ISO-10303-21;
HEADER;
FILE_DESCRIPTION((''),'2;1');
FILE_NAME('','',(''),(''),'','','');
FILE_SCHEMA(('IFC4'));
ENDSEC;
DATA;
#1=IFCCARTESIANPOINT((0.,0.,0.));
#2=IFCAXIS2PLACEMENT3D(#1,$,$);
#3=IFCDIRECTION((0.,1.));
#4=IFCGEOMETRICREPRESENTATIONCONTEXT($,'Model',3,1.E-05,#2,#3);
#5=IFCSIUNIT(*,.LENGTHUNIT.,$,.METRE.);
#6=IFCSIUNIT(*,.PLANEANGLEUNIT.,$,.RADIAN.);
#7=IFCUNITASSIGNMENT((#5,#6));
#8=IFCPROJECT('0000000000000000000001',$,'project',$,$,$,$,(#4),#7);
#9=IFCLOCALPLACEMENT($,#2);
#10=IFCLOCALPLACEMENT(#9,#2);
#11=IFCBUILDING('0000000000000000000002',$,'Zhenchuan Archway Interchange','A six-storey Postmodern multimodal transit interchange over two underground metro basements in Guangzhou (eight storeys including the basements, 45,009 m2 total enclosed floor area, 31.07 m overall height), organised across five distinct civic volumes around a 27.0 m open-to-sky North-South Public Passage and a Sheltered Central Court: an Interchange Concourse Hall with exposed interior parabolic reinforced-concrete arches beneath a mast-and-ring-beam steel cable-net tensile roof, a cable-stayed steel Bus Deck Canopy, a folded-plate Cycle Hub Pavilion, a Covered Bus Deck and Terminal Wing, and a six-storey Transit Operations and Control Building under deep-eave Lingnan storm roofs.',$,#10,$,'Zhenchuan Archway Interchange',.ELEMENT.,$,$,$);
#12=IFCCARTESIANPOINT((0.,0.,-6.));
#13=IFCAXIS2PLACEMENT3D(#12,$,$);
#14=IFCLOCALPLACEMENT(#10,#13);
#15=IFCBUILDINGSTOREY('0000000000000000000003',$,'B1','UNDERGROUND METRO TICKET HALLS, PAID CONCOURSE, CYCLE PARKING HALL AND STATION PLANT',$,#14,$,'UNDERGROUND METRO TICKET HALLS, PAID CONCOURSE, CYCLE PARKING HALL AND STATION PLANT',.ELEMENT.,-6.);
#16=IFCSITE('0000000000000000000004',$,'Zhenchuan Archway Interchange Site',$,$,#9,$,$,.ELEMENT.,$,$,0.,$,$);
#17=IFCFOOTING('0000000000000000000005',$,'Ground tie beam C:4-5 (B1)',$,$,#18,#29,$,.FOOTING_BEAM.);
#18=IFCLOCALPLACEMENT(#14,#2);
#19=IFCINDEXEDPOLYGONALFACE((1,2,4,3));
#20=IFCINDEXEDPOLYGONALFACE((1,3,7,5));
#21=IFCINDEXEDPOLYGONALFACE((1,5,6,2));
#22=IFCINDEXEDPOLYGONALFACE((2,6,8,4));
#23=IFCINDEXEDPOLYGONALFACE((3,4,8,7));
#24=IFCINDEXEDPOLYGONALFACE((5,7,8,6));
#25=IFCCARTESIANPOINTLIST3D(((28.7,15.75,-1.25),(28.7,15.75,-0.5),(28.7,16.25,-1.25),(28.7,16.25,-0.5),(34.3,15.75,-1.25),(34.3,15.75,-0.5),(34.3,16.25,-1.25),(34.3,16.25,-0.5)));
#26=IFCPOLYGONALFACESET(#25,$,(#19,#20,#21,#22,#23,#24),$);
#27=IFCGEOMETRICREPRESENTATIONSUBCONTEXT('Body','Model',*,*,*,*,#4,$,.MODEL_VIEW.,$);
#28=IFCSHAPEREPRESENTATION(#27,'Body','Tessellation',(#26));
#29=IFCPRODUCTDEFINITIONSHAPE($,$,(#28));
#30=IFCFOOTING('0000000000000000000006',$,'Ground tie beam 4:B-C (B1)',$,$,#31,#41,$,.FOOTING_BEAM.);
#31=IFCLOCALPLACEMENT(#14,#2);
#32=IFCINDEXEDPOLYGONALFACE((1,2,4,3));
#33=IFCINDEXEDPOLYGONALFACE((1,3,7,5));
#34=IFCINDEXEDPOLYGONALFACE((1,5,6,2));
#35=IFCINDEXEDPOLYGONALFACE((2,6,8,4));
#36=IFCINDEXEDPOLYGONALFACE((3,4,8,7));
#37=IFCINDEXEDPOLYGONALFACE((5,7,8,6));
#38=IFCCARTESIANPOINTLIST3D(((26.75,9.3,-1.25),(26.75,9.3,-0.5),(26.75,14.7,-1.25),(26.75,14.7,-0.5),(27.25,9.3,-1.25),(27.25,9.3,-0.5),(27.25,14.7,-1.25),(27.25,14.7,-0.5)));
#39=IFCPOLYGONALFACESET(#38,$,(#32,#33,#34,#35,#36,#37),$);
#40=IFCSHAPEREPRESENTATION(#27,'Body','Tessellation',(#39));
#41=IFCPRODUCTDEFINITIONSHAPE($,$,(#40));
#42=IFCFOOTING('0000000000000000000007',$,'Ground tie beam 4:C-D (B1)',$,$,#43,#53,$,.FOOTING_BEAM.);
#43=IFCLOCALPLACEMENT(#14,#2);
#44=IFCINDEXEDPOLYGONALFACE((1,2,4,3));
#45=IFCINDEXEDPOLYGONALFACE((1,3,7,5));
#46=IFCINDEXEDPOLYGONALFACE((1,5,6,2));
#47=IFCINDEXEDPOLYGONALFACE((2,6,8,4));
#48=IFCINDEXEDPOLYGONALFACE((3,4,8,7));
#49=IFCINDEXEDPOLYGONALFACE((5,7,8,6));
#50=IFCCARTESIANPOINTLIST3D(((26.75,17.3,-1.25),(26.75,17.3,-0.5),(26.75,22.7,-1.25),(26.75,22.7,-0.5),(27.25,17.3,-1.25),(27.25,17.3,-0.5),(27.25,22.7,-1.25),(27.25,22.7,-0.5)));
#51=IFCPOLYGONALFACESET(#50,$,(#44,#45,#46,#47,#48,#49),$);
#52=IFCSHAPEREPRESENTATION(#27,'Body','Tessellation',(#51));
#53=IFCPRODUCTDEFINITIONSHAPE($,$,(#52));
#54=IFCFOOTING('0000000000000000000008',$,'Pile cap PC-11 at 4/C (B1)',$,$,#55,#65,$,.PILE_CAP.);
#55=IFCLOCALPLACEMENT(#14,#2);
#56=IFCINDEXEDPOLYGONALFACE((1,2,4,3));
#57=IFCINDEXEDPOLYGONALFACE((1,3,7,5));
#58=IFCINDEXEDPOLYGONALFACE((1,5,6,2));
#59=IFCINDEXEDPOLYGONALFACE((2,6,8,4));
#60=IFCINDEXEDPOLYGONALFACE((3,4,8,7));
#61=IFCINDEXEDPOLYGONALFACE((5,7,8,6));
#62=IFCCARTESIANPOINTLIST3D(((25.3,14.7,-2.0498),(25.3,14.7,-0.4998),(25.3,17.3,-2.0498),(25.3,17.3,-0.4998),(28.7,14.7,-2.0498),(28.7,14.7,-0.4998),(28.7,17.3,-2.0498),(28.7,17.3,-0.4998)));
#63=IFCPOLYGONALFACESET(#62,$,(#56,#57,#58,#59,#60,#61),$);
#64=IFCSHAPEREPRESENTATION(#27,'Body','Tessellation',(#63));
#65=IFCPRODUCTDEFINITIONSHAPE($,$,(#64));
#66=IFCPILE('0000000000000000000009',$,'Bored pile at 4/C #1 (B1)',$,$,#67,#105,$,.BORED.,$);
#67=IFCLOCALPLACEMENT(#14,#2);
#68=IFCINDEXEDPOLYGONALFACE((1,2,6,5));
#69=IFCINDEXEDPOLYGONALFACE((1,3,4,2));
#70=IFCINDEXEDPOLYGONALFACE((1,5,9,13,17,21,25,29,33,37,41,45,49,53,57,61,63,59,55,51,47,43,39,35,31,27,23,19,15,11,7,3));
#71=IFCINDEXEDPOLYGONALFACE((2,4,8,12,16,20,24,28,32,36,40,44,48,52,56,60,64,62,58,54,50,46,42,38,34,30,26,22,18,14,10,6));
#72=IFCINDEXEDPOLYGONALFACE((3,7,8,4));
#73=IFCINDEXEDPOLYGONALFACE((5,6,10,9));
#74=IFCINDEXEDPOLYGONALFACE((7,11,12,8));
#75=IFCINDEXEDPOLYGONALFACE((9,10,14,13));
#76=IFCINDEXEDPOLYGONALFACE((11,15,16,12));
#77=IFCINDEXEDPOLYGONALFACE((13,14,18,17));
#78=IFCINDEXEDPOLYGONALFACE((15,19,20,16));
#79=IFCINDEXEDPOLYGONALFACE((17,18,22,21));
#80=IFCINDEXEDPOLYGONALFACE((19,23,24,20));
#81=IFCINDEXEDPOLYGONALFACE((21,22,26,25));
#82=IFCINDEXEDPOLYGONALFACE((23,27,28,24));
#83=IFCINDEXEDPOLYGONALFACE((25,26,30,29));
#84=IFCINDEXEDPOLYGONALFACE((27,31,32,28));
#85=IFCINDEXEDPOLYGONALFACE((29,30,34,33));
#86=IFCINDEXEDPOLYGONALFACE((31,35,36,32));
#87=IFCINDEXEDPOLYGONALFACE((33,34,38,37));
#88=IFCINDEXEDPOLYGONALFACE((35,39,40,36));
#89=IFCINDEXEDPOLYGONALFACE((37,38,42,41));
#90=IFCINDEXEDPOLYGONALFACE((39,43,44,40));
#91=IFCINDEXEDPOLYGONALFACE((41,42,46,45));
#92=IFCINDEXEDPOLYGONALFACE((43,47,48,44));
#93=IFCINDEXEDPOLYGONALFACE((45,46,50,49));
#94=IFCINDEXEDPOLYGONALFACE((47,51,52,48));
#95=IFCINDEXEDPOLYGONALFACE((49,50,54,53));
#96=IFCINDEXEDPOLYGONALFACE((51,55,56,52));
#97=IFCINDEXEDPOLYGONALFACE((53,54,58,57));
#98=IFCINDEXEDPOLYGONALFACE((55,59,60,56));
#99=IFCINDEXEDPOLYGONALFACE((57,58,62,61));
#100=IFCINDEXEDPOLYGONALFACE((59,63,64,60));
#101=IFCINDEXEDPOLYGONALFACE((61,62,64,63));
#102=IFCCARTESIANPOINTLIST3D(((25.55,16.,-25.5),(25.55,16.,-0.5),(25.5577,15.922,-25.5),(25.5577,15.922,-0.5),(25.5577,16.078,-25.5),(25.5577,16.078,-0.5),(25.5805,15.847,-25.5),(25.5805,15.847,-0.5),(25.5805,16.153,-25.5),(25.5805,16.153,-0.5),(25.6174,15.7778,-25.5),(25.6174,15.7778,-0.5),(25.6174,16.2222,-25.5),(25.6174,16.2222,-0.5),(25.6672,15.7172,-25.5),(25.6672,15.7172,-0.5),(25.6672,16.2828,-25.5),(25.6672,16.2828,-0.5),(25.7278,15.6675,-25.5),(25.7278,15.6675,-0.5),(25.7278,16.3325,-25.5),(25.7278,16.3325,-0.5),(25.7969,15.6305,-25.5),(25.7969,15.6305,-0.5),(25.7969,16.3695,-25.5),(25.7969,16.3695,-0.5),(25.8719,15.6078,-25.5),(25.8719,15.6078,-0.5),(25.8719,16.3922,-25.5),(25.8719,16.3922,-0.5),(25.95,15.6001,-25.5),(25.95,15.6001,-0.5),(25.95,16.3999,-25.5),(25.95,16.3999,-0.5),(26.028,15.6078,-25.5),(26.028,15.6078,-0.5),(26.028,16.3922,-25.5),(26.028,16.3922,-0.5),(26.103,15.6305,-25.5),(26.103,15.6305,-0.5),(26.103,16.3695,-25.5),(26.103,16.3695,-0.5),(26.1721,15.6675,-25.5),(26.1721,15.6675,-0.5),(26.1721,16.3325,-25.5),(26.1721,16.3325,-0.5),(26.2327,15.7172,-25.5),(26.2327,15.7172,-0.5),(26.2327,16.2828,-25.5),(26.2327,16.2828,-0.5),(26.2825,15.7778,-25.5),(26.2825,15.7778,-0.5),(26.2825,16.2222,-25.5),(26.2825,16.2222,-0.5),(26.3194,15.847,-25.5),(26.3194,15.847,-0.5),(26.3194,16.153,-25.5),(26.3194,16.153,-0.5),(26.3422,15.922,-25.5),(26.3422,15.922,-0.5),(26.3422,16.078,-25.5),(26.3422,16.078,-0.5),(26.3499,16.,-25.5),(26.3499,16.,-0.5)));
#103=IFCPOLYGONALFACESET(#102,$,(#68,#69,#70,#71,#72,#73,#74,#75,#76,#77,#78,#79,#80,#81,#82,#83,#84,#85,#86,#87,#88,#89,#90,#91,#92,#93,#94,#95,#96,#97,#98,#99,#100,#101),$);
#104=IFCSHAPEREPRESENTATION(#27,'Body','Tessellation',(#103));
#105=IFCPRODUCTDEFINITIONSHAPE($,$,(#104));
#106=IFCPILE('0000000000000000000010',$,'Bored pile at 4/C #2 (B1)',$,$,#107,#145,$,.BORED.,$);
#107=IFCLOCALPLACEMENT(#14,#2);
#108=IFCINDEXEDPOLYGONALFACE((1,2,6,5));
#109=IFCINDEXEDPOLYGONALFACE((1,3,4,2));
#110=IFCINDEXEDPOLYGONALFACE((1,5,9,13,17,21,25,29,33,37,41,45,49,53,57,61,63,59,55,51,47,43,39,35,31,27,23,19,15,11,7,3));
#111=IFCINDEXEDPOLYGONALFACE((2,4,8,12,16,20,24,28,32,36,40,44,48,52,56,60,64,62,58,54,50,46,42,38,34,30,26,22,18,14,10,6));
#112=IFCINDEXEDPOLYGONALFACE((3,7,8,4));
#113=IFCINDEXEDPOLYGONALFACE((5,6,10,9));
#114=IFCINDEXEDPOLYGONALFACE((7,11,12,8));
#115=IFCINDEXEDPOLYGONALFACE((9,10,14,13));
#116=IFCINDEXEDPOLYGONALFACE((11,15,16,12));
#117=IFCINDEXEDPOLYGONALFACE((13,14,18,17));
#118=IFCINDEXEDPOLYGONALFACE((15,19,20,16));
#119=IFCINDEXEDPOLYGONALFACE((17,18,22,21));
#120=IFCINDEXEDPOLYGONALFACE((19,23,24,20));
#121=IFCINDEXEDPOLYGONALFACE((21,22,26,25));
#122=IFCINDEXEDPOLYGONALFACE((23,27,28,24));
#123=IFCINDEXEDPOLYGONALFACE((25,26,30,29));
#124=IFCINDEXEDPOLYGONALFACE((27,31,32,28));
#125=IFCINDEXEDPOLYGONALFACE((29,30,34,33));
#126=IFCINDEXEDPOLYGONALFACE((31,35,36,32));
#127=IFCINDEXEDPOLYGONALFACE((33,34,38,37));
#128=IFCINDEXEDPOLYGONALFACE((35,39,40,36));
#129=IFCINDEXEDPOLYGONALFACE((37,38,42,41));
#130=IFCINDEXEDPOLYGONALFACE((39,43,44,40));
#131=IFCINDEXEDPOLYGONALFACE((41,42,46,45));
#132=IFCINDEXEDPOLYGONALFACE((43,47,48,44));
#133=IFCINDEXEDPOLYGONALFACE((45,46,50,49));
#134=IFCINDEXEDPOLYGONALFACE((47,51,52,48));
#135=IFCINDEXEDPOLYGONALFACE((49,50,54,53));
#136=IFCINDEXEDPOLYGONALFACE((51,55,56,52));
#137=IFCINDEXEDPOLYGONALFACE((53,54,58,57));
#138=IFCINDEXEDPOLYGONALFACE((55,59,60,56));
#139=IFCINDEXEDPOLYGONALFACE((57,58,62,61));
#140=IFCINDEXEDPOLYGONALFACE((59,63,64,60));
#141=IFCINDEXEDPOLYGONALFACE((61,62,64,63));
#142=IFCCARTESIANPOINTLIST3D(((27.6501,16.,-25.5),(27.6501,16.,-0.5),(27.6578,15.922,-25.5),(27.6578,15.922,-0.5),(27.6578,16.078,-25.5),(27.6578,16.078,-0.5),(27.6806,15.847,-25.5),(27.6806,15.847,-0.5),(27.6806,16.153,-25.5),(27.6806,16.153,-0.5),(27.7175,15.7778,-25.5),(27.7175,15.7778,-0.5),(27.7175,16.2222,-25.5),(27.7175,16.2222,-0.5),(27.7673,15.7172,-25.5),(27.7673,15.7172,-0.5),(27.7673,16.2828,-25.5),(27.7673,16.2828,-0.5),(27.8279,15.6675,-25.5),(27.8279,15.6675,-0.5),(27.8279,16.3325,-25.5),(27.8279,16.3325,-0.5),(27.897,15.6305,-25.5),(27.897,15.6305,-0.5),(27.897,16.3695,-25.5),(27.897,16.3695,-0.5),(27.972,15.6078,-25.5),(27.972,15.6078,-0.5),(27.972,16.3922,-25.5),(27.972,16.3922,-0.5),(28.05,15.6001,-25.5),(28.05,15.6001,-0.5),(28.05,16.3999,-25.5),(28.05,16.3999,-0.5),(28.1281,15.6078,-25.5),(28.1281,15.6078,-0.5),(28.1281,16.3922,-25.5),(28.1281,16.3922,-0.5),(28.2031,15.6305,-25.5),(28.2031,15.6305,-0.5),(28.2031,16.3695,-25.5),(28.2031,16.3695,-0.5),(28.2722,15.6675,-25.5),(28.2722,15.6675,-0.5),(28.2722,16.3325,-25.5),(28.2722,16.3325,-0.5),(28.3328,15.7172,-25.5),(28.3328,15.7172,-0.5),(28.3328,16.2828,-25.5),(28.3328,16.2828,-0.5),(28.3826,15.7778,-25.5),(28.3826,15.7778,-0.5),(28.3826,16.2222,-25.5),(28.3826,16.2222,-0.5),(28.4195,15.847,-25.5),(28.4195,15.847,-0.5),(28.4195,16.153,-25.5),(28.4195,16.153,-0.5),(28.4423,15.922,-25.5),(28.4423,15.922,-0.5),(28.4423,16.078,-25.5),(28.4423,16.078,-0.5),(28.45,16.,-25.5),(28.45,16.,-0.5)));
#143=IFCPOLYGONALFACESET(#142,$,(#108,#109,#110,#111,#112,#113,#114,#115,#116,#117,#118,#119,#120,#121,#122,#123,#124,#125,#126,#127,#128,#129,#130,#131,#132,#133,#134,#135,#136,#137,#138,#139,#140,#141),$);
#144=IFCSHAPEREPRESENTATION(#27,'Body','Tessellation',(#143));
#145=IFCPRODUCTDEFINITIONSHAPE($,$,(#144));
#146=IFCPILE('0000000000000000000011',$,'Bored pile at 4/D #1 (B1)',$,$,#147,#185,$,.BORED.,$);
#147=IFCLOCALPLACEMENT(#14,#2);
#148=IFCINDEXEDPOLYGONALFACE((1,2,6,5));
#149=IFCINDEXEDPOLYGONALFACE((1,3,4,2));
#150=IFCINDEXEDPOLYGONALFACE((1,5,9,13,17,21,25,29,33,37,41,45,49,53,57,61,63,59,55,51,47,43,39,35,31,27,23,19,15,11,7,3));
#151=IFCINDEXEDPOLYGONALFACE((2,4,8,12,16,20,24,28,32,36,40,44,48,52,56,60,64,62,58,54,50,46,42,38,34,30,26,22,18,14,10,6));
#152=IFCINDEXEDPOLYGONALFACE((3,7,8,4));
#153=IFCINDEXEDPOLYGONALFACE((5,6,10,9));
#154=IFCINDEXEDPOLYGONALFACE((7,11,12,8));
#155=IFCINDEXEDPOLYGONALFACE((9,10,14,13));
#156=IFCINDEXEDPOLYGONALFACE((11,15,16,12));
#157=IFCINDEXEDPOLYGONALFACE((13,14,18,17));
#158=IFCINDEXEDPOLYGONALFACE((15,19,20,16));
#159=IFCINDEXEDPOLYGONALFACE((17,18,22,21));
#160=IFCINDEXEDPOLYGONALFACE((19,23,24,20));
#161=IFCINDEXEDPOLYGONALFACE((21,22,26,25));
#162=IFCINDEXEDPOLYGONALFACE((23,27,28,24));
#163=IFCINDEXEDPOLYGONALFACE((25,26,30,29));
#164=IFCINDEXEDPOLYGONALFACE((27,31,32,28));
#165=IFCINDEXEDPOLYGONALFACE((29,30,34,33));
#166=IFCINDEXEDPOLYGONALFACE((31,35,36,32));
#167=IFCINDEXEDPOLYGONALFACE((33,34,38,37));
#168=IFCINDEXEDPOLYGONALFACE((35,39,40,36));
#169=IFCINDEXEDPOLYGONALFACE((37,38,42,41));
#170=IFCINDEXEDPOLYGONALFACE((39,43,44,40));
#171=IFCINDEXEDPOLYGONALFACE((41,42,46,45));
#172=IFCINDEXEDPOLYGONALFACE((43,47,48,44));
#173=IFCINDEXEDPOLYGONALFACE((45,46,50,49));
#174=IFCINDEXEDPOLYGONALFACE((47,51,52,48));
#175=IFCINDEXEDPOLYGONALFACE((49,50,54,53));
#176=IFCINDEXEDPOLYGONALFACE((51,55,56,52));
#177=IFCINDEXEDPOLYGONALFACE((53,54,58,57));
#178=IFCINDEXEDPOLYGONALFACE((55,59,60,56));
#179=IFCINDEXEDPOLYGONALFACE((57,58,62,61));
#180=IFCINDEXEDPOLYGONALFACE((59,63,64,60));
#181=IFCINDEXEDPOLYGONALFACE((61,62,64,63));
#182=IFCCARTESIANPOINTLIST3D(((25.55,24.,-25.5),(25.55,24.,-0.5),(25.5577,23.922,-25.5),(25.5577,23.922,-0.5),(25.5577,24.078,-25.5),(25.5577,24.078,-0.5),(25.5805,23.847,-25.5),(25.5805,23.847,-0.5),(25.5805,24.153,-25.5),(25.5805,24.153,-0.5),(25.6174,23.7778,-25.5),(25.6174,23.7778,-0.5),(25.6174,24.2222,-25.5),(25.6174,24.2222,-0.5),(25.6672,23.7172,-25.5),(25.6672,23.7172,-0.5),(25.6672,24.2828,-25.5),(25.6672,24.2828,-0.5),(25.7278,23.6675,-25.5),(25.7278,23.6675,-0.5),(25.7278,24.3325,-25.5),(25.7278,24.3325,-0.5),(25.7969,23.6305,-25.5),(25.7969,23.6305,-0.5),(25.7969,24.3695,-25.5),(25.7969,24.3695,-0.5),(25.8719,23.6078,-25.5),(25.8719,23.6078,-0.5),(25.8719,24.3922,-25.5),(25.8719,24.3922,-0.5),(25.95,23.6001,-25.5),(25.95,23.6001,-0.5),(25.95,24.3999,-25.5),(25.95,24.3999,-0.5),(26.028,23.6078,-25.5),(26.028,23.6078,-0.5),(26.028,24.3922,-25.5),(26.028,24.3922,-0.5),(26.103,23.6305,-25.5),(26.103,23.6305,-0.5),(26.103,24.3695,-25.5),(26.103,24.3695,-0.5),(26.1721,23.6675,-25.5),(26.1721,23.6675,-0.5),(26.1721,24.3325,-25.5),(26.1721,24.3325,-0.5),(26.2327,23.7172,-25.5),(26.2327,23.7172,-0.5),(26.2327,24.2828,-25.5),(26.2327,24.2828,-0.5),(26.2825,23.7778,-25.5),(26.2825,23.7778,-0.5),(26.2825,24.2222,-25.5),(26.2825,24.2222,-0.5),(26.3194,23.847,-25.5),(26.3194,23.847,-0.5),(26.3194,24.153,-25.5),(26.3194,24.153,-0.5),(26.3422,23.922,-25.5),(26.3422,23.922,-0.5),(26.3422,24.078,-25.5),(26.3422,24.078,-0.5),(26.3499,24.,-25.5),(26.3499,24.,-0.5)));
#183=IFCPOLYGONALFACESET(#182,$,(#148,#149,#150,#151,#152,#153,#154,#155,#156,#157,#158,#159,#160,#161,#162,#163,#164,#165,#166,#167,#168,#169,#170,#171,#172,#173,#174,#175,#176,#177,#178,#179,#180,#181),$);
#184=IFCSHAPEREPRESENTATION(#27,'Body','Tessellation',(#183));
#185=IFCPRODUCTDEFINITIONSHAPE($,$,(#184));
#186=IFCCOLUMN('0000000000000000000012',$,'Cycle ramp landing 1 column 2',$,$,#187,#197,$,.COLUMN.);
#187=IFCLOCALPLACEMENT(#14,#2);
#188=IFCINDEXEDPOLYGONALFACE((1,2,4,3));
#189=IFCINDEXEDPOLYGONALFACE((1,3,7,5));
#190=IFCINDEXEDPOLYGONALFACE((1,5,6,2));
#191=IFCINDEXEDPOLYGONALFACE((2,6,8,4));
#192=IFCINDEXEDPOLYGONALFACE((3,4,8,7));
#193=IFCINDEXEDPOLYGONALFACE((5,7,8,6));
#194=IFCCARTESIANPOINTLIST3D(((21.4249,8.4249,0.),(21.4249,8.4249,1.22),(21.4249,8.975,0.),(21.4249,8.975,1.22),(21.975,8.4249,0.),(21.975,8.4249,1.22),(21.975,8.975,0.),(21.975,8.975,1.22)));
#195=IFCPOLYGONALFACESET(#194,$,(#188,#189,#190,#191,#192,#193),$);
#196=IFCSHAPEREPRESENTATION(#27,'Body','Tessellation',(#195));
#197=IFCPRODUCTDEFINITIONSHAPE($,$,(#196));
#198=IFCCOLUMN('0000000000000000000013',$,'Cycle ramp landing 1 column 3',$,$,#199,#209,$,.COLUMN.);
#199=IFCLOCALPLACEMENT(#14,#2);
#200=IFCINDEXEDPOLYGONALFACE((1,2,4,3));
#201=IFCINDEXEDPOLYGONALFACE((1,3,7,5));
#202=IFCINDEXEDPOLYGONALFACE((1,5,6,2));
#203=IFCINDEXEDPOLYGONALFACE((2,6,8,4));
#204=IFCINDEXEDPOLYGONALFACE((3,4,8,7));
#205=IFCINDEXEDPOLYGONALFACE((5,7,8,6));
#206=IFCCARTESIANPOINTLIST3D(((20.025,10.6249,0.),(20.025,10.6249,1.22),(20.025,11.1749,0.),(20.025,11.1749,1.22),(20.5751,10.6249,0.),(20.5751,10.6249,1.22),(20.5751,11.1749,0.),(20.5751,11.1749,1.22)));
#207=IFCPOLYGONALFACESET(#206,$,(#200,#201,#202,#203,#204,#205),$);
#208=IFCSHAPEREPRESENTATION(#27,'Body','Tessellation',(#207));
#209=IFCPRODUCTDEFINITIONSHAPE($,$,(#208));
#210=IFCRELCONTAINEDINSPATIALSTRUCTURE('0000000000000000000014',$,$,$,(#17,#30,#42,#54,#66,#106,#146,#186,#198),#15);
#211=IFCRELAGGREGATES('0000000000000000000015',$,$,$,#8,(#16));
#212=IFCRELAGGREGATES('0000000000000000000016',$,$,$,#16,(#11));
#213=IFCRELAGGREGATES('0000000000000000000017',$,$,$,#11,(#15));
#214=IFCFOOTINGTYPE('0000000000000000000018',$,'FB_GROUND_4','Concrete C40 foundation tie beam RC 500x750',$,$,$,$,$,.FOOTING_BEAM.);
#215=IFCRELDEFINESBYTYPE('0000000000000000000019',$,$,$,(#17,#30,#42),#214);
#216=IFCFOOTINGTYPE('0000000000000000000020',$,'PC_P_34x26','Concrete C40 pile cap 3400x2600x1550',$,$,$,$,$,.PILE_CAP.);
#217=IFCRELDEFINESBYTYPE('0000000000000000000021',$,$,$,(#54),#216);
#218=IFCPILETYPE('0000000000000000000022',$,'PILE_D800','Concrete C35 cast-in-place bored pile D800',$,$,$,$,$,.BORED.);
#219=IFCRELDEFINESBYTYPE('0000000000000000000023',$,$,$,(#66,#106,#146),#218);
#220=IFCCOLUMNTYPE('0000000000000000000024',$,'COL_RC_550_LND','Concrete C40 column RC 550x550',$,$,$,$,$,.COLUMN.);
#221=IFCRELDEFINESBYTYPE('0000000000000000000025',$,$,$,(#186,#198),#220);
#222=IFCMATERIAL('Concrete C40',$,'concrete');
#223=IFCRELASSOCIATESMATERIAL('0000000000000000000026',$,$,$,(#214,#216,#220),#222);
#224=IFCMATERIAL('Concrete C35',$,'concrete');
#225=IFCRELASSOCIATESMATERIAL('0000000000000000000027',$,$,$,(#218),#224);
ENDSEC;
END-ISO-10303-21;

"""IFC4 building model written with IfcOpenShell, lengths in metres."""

from ifc_helpers import new_model, si_unit, direction, frame, origin, origin_2d, place, context, subcontext, project, spatial, rectangle, circle, extrude, material, material_profile, profile_set, type_object, element, save


model = new_model("IFC4")

# Units and contexts
model_context = context("Model", 3, precision=1e-05, world=origin(), true_north=direction((0.0, 1.0)))
body_context = subcontext(model_context, "Body", "Model", "MODEL_VIEW")
ifc_project = project(units=[si_unit("LENGTHUNIT", "METRE"), si_unit("PLANEANGLEUNIT", "RADIAN")], contexts=[model_context])

# Site, building, storey
site_placement = place(None, origin())
site = spatial("IfcSite", under=ifc_project, at=site_placement, Name="Zhenchuan Archway Interchange Site", CompositionType="ELEMENT", RefElevation=0.0)
building_placement = place(site_placement, origin())
building = spatial("IfcBuilding", under=site, at=building_placement, Name="Zhenchuan Archway Interchange", Description="A six-storey Postmodern multimodal transit interchange over two underground metro basements in Guangzhou (eight storeys including the basements, 45,009 m2 total enclosed floor area, 31.07 m overall height), organised across five distinct civic volumes around a 27.0 m open-to-sky North-South Public Passage and a Sheltered Central Court: an Interchange Concourse Hall with exposed interior parabolic reinforced-concrete arches beneath a mast-and-ring-beam steel cable-net tensile roof, a cable-stayed steel Bus Deck Canopy, a folded-plate Cycle Hub Pavilion, a Covered Bus Deck and Terminal Wing, and a six-storey Transit Operations and Control Building under deep-eave Lingnan storm roofs.", LongName="Zhenchuan Archway Interchange", CompositionType="ELEMENT")
storey_placement = place(building_placement, frame((0.0, 0.0, -6.0)))
storey = spatial("IfcBuildingStorey", under=building, at=storey_placement, Name="B1", Description="UNDERGROUND METRO TICKET HALLS, PAID CONCOURSE, CYCLE PARKING HALL AND STATION PLANT", LongName="UNDERGROUND METRO TICKET HALLS, PAID CONCOURSE, CYCLE PARKING HALL AND STATION PLANT", CompositionType="ELEMENT", Elevation=-6.0)

# Footings
ifc_material_1 = material(Name="Concrete C40", Category="concrete")
ifc_material_profile_1 = material_profile(ifc_material_1, rectangle(XDim=0.5, YDim=0.75, at=origin_2d()), Name="RC 500x750")
ifc_profile_set_1 = profile_set([ifc_material_profile_1], Name="Concrete C40")
footing_type_1 = type_object("IfcFootingType", Name="FB_GROUND_4", Description="Concrete C40 foundation tie beam RC 500x750", PredefinedType="FOOTING_BEAM", material=ifc_profile_set_1)
footing_1_placement = place(storey_placement, frame((28.7, 16.0, -0.875), z_axis=(1.0, 0.0, 0.0), x_axis=(0.0, 1.0, 0.0)))
element("IfcFooting", 1, at=footing_1_placement, inside=storey, type_object=footing_type_1, Name="Ground tie beam C:4-5 (B1)", PredefinedType="FOOTING_BEAM", context=body_context, shape_type="SweptSolid", body=[
    extrude(rectangle(XDim=0.5, YDim=0.75, at=origin_2d()), origin(), (0.0, 0.0, 1.0), 5.6001),
])
for number, where, z_axis, x_axis, name in (
    (2, (27.0, 9.3, -0.875), (0.0, 1.0, 0.0), (-1.0, 0.0, 0.0), "Ground tie beam 4:B-C (B1)"),
    (3, (27.0, 17.3, -0.875), (0.0, 1.0, 0.0), (-1.0, 0.0, 0.0), "Ground tie beam 4:C-D (B1)"),
):
    element("IfcFooting", number, at=place(storey_placement, frame(where, z_axis=z_axis, x_axis=x_axis)), inside=storey, type_object=footing_type_1, Name=name, PredefinedType="FOOTING_BEAM", context=body_context, shape_type="SweptSolid", body=[
        extrude(rectangle(XDim=0.5, YDim=0.75, at=origin_2d()), origin(), (0.0, 0.0, 1.0), 5.3999),
    ])
footing_type_2 = type_object("IfcFootingType", Name="PC_P_34x26", Description="Concrete C40 pile cap 3400x2600x1550", PredefinedType="PILE_CAP", material=ifc_material_1)
footing_2_placement = place(storey_placement, frame((27.0, 16.0, -2.0498), z_axis=(0.0, 0.0, 1.0), x_axis=(1.0, 0.0, 0.0)))
element("IfcFooting", 4, at=footing_2_placement, inside=storey, type_object=footing_type_2, Name="Pile cap PC-11 at 4/C (B1)", PredefinedType="PILE_CAP", context=body_context, shape_type="SweptSolid", body=[
    extrude(rectangle(XDim=3.3999, YDim=2.6001, at=origin_2d()), origin(), (0.0, 0.0, 1.0), 1.55),
])

# Piles
ifc_material_2 = material(Name="Concrete C35", Category="concrete")
ifc_material_profile_2 = material_profile(ifc_material_2, circle(Radius=0.3999, at=origin_2d()), Name="BORED PILE 800")
ifc_profile_set_2 = profile_set([ifc_material_profile_2], Name="Concrete C35")
pile_type = type_object("IfcPileType", Name="PILE_D800", Description="Concrete C35 cast-in-place bored pile D800", PredefinedType="BORED", material=ifc_profile_set_2)
for number, where, z_axis, x_axis, name in (
    (5, (25.95, 16.0, -0.5), (0.0, 0.0, -1.0), (1.0, 0.0, 0.0), "Bored pile at 4/C #1 (B1)"),
    (6, (28.05, 16.0, -0.5), (0.0, 0.0, -1.0), (1.0, 0.0, 0.0), "Bored pile at 4/C #2 (B1)"),
    (7, (25.95, 24.0, -0.5), (0.0, 0.0, -1.0), (1.0, 0.0, 0.0), "Bored pile at 4/D #1 (B1)"),
):
    element("IfcPile", number, at=place(storey_placement, frame(where, z_axis=z_axis, x_axis=x_axis)), inside=storey, type_object=pile_type, Name=name, PredefinedType="BORED", context=body_context, shape_type="SweptSolid", body=[
        extrude(circle(Radius=0.3999, at=origin_2d()), origin(), (0.0, 0.0, 1.0), 25.0),
    ])

# Columns
ifc_material_profile_3 = material_profile(ifc_material_1, rectangle(XDim=0.55, YDim=0.55, at=origin_2d()), Name="RC 550x550")
ifc_profile_set_3 = profile_set([ifc_material_profile_3], Name="Concrete C40")
column_type_1 = type_object("IfcColumnType", Name="COL_RC_550_LND", Description="Concrete C40 column RC 550x550", PredefinedType="COLUMN", material=ifc_profile_set_3)
for number, where, z_axis, x_axis, name in (
    (8, (21.7, 8.7, 0.0), (0.0, 0.0, 1.0), (1.0, 0.0, 0.0), "Cycle ramp landing 1 column 2"),
    (9, (20.3, 10.8999, 0.0), (0.0, 0.0, 1.0), (1.0, 0.0, 0.0), "Cycle ramp landing 1 column 3"),
):
    element("IfcColumn", number, at=place(storey_placement, frame(where, z_axis=z_axis, x_axis=x_axis)), inside=storey, type_object=column_type_1, Name=name, PredefinedType="COLUMN", context=body_context, shape_type="SweptSolid", body=[
        extrude(rectangle(XDim=0.55, YDim=0.55, at=origin_2d()), origin(), (0.0, 0.0, 1.0), 1.22),
    ])

save(model, "model.ifc")
